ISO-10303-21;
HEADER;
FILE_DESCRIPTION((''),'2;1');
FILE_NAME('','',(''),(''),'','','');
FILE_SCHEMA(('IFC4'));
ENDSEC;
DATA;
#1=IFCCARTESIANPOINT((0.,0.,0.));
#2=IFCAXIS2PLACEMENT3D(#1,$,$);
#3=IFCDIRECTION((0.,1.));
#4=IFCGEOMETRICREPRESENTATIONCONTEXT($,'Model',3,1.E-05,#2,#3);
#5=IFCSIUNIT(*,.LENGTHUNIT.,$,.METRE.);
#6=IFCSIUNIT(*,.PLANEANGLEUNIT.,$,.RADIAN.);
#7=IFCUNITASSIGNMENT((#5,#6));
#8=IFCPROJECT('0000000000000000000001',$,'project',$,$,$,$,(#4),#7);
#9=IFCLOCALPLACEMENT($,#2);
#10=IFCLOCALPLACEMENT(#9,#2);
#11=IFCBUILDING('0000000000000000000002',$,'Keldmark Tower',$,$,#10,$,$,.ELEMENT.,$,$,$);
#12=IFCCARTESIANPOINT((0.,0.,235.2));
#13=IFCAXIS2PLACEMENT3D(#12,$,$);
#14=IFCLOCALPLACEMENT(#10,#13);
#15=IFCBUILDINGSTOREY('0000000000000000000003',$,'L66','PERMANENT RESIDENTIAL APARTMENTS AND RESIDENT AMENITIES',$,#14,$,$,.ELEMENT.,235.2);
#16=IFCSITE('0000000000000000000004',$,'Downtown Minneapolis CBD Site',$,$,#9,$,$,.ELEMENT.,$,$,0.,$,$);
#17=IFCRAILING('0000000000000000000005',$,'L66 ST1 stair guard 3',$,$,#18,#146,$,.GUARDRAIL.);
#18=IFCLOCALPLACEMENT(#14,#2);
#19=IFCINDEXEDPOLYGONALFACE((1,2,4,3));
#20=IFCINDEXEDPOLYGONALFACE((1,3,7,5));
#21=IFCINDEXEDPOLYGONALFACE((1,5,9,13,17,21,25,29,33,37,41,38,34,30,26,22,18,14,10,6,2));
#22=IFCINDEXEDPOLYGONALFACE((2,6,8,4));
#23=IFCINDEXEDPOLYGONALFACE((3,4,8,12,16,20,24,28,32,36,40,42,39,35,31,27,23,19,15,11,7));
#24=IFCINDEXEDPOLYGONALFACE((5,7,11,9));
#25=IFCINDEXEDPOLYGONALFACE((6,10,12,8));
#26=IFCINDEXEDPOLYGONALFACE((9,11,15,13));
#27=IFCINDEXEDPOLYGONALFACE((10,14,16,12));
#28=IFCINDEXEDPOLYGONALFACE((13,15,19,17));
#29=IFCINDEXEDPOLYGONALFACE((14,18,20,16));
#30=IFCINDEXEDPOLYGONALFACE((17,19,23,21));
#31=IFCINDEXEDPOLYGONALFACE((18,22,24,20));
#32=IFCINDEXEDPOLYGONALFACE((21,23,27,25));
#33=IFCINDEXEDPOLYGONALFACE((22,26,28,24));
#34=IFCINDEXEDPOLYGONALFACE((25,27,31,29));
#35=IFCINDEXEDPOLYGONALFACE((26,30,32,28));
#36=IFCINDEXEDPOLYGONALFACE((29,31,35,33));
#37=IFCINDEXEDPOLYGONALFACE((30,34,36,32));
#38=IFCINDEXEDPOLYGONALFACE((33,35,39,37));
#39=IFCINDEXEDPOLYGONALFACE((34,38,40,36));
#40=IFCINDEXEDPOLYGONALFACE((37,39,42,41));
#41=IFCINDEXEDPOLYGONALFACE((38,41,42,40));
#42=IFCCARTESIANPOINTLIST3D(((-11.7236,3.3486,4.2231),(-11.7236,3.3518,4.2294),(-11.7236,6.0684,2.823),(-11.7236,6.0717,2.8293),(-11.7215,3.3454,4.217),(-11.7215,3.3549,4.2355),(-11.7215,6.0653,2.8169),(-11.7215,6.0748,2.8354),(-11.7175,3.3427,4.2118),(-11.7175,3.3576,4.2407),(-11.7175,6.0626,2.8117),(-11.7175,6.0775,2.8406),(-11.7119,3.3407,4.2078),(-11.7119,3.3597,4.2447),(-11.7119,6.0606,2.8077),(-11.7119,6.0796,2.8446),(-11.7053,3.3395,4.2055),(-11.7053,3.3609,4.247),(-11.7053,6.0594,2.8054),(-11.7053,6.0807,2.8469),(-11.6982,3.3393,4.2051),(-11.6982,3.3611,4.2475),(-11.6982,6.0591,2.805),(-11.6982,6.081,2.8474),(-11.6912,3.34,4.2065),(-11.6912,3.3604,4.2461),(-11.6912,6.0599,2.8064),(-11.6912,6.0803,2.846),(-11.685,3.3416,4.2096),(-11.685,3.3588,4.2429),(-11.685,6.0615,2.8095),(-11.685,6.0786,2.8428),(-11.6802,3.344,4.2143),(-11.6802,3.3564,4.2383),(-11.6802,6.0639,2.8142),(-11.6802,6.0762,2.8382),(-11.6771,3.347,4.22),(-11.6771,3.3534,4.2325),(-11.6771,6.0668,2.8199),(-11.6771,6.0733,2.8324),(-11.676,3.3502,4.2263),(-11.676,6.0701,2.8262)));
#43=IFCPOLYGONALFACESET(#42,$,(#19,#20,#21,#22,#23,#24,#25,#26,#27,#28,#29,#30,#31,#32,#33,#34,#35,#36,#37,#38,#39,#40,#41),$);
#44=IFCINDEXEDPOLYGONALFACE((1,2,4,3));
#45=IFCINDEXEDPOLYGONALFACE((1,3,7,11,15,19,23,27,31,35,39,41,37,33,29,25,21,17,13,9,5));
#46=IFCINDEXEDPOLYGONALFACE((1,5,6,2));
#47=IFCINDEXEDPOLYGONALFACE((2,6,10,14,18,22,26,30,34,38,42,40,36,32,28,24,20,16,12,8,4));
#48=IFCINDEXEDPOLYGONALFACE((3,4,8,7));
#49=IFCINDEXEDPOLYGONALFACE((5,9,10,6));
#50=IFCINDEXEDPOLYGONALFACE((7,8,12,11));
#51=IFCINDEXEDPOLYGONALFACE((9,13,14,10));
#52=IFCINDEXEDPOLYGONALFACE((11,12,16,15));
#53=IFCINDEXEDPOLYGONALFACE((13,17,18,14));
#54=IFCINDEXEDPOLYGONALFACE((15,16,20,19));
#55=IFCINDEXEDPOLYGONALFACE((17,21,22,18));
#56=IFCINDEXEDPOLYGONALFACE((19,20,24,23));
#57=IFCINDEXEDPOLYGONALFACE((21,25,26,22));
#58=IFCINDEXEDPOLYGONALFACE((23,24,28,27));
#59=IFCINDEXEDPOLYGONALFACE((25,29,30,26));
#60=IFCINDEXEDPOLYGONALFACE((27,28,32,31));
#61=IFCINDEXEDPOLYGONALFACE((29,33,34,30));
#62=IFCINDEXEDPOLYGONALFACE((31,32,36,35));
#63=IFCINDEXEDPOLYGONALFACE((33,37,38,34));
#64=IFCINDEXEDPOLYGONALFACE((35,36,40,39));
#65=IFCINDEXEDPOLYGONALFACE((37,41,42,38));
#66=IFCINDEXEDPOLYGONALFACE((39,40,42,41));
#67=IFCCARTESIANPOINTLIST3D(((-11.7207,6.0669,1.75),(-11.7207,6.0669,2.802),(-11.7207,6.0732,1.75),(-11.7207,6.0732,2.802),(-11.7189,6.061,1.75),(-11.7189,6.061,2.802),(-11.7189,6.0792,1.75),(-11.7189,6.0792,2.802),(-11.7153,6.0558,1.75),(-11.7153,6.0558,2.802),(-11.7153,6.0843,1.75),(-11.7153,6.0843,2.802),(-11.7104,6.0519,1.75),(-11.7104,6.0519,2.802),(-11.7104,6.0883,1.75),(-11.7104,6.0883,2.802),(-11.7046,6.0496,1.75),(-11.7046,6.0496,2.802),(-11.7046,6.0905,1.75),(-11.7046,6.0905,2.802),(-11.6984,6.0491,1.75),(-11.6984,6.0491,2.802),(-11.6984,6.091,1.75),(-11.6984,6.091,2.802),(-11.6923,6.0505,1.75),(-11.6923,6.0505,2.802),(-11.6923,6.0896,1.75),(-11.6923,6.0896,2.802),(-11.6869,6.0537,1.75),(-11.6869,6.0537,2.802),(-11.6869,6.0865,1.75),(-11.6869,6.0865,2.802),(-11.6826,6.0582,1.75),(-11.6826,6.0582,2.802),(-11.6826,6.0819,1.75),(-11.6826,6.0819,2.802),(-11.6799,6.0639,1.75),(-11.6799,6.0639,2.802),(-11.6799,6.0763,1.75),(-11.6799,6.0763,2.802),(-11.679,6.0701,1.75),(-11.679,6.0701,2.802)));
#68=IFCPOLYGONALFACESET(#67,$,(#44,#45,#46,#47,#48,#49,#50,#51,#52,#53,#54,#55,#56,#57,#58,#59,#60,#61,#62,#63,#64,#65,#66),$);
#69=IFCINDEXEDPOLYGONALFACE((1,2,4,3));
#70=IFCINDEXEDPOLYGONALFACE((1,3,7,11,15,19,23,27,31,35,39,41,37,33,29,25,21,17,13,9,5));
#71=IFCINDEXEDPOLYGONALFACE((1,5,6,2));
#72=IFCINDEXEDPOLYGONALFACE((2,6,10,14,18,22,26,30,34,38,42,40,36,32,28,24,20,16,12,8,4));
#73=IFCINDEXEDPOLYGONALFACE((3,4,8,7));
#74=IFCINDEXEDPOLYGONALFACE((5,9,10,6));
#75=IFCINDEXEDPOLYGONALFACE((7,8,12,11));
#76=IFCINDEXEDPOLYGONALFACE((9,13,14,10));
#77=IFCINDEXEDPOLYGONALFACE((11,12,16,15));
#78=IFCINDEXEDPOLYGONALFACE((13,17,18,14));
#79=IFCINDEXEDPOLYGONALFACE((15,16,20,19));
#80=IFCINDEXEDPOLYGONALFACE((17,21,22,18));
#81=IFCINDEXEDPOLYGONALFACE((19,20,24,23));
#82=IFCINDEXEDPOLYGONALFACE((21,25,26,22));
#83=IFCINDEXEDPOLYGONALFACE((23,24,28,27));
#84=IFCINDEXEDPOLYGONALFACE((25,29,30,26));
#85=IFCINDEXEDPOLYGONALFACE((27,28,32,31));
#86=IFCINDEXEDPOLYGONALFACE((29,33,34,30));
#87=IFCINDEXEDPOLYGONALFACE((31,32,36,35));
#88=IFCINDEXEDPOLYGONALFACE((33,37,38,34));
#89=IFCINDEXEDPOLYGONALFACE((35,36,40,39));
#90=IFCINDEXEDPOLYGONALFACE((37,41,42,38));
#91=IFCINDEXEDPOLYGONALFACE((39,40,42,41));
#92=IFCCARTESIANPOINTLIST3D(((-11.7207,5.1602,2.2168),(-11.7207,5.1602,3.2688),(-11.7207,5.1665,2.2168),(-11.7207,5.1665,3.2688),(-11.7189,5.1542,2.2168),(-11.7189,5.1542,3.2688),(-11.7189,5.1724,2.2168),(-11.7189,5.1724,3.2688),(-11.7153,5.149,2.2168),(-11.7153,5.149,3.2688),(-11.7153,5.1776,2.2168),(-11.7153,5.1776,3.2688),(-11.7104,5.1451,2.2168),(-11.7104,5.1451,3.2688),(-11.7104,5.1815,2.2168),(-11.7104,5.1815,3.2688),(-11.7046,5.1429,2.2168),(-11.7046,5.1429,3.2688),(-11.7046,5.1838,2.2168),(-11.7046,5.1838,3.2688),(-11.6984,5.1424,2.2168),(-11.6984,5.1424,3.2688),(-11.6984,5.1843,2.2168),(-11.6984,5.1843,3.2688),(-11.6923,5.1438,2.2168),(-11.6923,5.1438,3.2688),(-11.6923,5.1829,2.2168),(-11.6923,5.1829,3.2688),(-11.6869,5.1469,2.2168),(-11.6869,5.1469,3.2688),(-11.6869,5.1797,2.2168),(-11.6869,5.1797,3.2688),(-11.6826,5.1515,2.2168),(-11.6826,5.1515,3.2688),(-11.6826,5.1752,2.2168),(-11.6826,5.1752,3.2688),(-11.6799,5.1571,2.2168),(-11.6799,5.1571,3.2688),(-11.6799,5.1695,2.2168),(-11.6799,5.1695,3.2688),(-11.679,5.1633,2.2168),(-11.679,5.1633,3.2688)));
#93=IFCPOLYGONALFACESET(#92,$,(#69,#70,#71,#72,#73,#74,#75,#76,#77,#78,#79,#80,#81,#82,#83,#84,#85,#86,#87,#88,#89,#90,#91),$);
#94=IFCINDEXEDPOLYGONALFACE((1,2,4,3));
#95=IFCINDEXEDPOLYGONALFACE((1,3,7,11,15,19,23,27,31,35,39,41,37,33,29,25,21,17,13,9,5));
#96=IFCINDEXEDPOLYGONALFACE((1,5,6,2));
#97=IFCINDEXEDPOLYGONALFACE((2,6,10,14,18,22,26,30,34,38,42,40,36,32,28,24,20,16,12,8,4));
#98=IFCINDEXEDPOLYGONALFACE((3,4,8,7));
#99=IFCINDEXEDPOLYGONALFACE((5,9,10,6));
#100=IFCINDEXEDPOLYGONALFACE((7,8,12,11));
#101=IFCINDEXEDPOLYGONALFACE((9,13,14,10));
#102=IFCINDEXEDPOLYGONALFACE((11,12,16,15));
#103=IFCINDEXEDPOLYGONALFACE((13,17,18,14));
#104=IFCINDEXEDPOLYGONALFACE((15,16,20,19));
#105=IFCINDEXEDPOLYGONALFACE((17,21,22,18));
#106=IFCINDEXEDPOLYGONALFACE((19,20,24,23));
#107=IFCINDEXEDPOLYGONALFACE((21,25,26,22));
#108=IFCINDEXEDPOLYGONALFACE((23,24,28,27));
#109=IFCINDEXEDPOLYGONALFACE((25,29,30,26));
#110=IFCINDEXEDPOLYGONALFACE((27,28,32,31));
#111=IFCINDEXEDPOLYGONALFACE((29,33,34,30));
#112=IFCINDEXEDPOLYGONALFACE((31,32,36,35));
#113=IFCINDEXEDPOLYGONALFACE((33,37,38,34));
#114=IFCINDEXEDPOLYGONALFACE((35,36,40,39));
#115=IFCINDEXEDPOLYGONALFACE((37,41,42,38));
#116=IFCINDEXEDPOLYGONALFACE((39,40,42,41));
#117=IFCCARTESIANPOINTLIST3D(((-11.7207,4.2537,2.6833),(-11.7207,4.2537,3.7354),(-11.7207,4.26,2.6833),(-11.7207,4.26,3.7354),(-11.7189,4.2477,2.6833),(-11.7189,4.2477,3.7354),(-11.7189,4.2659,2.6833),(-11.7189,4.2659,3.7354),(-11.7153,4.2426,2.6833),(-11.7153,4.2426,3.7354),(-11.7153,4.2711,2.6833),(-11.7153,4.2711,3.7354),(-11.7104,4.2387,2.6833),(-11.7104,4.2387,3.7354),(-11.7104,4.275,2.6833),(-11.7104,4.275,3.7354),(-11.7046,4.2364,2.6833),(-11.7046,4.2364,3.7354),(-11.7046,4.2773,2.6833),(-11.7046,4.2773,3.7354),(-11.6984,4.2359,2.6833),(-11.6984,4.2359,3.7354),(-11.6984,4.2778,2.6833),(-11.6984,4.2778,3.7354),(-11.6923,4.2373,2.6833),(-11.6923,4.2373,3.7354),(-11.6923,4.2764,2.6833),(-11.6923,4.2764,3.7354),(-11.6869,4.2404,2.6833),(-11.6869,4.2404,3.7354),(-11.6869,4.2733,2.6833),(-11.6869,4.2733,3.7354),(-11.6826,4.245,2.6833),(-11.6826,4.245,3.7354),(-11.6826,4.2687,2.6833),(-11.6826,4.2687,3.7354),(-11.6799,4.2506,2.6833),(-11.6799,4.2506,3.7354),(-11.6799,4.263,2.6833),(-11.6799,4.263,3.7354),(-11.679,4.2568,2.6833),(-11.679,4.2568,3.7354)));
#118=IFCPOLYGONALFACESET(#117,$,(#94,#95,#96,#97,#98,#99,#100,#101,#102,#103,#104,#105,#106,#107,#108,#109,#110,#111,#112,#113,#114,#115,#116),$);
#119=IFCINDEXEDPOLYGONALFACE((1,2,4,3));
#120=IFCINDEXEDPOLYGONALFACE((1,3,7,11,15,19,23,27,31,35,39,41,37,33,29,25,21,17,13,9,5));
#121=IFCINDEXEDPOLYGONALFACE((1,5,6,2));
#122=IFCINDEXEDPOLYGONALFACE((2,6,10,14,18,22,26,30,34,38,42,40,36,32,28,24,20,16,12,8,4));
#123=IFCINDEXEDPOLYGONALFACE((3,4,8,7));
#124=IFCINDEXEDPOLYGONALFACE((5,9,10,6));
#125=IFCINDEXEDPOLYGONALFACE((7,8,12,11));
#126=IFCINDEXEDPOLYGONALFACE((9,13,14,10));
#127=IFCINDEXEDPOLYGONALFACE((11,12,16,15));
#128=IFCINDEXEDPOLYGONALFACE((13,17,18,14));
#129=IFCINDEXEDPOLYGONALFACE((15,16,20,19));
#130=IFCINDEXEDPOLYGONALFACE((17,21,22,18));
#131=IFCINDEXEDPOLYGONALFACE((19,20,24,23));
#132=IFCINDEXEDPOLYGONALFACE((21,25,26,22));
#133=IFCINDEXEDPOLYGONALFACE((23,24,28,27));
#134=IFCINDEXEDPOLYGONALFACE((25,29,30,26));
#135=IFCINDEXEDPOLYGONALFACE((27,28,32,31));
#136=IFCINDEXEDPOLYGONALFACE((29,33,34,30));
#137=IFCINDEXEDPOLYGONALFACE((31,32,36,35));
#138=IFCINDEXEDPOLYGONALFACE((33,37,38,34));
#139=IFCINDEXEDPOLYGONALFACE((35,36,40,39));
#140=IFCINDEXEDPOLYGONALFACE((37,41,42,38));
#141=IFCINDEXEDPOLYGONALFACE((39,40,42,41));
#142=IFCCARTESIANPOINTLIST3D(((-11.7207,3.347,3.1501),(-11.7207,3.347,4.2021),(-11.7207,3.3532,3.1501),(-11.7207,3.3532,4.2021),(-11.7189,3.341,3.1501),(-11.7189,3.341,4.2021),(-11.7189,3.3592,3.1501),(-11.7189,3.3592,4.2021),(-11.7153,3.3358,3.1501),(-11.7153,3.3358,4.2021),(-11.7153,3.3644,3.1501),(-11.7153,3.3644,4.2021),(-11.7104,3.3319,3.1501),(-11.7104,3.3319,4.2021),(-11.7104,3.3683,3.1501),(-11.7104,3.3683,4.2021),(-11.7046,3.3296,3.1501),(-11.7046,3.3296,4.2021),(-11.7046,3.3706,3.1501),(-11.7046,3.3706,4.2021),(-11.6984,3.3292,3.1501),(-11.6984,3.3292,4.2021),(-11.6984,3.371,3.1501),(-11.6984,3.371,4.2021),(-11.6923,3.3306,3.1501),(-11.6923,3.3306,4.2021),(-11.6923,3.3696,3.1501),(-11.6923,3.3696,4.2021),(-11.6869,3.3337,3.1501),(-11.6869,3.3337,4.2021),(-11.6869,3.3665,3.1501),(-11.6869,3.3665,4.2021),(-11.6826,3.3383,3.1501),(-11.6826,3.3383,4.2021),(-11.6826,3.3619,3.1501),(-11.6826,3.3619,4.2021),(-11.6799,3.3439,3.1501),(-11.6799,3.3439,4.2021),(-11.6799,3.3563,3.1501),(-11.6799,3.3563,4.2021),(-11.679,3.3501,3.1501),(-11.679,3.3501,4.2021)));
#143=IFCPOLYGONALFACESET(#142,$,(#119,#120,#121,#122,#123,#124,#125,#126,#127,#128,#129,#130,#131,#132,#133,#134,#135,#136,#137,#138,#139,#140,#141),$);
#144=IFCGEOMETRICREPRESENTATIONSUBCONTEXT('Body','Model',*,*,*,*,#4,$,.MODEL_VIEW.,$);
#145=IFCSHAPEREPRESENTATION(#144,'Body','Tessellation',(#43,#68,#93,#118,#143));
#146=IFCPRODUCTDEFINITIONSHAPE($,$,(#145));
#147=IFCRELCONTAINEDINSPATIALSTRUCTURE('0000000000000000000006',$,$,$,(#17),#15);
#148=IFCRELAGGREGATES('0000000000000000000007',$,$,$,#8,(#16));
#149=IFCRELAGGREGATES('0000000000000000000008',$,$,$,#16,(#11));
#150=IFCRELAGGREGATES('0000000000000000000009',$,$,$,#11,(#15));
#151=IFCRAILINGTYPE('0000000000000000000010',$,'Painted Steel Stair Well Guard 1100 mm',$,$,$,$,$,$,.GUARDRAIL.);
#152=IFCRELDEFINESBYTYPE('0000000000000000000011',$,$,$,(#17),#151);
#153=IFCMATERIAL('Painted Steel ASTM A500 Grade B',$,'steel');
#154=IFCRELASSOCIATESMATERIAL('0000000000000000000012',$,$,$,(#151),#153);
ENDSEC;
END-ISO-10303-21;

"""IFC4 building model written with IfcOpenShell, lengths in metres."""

from ifc_helpers import new_model, si_unit, direction, frame, origin, origin_2d, place, context, subcontext, project, spatial, circle, extrude, material, type_object, element, save


model = new_model("IFC4")

# Units and contexts
model_context = context("Model", 3, precision=1e-05, world=origin(), true_north=direction((0.0, 1.0)))
body_context = subcontext(model_context, "Body", "Model", "MODEL_VIEW")
ifc_project = project(units=[si_unit("LENGTHUNIT", "METRE"), si_unit("PLANEANGLEUNIT", "RADIAN")], contexts=[model_context])

# Site, building, storey
site_placement = place(None, origin())
site = spatial("IfcSite", under=ifc_project, at=site_placement, Name="Downtown Minneapolis CBD Site", CompositionType="ELEMENT", RefElevation=0.0)
building_placement = place(site_placement, origin())
building = spatial("IfcBuilding", under=site, at=building_placement, Name="Keldmark Tower", CompositionType="ELEMENT")
storey_placement = place(building_placement, frame((0.0, 0.0, 235.2)))
storey = spatial("IfcBuildingStorey", under=building, at=storey_placement, Name="L66", Description="PERMANENT RESIDENTIAL APARTMENTS AND RESIDENT AMENITIES", CompositionType="ELEMENT", Elevation=235.2)

# Railing
ifc_material_1 = material(Name="Painted Steel ASTM A500 Grade B", Category="steel")
railing_type_1 = type_object("IfcRailingType", Name="Painted Steel Stair Well Guard 1100 mm", PredefinedType="GUARDRAIL", material=ifc_material_1)
railing_1_placement = place(storey_placement, frame((-11.7, 6.0701, 1.75)))
element("IfcRailing", 1, at=railing_1_placement, inside=storey, type_object=railing_type_1, Name="L66 ST1 stair guard 3", PredefinedType="GUARDRAIL", context=body_context, shape_type="SweptSolid", body=[
    extrude(circle(Radius=0.0239, at=origin_2d()), frame((0.0, 0.0, 1.0762), z_axis=(0.0, -0.889114, 0.457685), x_axis=(1.0, 0.0, 0.0)), (0.0, 0.0, 1.0), 3.0591),
    extrude(circle(Radius=0.021, at=origin_2d()), origin(), (0.0, 0.0, 1.0), 1.052),
    extrude(circle(Radius=0.021, at=origin_2d()), frame((0.0, -0.9067, 0.4668)), (0.0, 0.0, 1.0), 1.052),
    extrude(circle(Radius=0.021, at=origin_2d()), frame((0.0, -1.8132, 0.9333)), (0.0, 0.0, 1.0), 1.052),
    extrude(circle(Radius=0.021, at=origin_2d()), frame((0.0, -2.72, 1.4001)), (0.0, 0.0, 1.0), 1.052),
])

save(model, "model.ifc")
